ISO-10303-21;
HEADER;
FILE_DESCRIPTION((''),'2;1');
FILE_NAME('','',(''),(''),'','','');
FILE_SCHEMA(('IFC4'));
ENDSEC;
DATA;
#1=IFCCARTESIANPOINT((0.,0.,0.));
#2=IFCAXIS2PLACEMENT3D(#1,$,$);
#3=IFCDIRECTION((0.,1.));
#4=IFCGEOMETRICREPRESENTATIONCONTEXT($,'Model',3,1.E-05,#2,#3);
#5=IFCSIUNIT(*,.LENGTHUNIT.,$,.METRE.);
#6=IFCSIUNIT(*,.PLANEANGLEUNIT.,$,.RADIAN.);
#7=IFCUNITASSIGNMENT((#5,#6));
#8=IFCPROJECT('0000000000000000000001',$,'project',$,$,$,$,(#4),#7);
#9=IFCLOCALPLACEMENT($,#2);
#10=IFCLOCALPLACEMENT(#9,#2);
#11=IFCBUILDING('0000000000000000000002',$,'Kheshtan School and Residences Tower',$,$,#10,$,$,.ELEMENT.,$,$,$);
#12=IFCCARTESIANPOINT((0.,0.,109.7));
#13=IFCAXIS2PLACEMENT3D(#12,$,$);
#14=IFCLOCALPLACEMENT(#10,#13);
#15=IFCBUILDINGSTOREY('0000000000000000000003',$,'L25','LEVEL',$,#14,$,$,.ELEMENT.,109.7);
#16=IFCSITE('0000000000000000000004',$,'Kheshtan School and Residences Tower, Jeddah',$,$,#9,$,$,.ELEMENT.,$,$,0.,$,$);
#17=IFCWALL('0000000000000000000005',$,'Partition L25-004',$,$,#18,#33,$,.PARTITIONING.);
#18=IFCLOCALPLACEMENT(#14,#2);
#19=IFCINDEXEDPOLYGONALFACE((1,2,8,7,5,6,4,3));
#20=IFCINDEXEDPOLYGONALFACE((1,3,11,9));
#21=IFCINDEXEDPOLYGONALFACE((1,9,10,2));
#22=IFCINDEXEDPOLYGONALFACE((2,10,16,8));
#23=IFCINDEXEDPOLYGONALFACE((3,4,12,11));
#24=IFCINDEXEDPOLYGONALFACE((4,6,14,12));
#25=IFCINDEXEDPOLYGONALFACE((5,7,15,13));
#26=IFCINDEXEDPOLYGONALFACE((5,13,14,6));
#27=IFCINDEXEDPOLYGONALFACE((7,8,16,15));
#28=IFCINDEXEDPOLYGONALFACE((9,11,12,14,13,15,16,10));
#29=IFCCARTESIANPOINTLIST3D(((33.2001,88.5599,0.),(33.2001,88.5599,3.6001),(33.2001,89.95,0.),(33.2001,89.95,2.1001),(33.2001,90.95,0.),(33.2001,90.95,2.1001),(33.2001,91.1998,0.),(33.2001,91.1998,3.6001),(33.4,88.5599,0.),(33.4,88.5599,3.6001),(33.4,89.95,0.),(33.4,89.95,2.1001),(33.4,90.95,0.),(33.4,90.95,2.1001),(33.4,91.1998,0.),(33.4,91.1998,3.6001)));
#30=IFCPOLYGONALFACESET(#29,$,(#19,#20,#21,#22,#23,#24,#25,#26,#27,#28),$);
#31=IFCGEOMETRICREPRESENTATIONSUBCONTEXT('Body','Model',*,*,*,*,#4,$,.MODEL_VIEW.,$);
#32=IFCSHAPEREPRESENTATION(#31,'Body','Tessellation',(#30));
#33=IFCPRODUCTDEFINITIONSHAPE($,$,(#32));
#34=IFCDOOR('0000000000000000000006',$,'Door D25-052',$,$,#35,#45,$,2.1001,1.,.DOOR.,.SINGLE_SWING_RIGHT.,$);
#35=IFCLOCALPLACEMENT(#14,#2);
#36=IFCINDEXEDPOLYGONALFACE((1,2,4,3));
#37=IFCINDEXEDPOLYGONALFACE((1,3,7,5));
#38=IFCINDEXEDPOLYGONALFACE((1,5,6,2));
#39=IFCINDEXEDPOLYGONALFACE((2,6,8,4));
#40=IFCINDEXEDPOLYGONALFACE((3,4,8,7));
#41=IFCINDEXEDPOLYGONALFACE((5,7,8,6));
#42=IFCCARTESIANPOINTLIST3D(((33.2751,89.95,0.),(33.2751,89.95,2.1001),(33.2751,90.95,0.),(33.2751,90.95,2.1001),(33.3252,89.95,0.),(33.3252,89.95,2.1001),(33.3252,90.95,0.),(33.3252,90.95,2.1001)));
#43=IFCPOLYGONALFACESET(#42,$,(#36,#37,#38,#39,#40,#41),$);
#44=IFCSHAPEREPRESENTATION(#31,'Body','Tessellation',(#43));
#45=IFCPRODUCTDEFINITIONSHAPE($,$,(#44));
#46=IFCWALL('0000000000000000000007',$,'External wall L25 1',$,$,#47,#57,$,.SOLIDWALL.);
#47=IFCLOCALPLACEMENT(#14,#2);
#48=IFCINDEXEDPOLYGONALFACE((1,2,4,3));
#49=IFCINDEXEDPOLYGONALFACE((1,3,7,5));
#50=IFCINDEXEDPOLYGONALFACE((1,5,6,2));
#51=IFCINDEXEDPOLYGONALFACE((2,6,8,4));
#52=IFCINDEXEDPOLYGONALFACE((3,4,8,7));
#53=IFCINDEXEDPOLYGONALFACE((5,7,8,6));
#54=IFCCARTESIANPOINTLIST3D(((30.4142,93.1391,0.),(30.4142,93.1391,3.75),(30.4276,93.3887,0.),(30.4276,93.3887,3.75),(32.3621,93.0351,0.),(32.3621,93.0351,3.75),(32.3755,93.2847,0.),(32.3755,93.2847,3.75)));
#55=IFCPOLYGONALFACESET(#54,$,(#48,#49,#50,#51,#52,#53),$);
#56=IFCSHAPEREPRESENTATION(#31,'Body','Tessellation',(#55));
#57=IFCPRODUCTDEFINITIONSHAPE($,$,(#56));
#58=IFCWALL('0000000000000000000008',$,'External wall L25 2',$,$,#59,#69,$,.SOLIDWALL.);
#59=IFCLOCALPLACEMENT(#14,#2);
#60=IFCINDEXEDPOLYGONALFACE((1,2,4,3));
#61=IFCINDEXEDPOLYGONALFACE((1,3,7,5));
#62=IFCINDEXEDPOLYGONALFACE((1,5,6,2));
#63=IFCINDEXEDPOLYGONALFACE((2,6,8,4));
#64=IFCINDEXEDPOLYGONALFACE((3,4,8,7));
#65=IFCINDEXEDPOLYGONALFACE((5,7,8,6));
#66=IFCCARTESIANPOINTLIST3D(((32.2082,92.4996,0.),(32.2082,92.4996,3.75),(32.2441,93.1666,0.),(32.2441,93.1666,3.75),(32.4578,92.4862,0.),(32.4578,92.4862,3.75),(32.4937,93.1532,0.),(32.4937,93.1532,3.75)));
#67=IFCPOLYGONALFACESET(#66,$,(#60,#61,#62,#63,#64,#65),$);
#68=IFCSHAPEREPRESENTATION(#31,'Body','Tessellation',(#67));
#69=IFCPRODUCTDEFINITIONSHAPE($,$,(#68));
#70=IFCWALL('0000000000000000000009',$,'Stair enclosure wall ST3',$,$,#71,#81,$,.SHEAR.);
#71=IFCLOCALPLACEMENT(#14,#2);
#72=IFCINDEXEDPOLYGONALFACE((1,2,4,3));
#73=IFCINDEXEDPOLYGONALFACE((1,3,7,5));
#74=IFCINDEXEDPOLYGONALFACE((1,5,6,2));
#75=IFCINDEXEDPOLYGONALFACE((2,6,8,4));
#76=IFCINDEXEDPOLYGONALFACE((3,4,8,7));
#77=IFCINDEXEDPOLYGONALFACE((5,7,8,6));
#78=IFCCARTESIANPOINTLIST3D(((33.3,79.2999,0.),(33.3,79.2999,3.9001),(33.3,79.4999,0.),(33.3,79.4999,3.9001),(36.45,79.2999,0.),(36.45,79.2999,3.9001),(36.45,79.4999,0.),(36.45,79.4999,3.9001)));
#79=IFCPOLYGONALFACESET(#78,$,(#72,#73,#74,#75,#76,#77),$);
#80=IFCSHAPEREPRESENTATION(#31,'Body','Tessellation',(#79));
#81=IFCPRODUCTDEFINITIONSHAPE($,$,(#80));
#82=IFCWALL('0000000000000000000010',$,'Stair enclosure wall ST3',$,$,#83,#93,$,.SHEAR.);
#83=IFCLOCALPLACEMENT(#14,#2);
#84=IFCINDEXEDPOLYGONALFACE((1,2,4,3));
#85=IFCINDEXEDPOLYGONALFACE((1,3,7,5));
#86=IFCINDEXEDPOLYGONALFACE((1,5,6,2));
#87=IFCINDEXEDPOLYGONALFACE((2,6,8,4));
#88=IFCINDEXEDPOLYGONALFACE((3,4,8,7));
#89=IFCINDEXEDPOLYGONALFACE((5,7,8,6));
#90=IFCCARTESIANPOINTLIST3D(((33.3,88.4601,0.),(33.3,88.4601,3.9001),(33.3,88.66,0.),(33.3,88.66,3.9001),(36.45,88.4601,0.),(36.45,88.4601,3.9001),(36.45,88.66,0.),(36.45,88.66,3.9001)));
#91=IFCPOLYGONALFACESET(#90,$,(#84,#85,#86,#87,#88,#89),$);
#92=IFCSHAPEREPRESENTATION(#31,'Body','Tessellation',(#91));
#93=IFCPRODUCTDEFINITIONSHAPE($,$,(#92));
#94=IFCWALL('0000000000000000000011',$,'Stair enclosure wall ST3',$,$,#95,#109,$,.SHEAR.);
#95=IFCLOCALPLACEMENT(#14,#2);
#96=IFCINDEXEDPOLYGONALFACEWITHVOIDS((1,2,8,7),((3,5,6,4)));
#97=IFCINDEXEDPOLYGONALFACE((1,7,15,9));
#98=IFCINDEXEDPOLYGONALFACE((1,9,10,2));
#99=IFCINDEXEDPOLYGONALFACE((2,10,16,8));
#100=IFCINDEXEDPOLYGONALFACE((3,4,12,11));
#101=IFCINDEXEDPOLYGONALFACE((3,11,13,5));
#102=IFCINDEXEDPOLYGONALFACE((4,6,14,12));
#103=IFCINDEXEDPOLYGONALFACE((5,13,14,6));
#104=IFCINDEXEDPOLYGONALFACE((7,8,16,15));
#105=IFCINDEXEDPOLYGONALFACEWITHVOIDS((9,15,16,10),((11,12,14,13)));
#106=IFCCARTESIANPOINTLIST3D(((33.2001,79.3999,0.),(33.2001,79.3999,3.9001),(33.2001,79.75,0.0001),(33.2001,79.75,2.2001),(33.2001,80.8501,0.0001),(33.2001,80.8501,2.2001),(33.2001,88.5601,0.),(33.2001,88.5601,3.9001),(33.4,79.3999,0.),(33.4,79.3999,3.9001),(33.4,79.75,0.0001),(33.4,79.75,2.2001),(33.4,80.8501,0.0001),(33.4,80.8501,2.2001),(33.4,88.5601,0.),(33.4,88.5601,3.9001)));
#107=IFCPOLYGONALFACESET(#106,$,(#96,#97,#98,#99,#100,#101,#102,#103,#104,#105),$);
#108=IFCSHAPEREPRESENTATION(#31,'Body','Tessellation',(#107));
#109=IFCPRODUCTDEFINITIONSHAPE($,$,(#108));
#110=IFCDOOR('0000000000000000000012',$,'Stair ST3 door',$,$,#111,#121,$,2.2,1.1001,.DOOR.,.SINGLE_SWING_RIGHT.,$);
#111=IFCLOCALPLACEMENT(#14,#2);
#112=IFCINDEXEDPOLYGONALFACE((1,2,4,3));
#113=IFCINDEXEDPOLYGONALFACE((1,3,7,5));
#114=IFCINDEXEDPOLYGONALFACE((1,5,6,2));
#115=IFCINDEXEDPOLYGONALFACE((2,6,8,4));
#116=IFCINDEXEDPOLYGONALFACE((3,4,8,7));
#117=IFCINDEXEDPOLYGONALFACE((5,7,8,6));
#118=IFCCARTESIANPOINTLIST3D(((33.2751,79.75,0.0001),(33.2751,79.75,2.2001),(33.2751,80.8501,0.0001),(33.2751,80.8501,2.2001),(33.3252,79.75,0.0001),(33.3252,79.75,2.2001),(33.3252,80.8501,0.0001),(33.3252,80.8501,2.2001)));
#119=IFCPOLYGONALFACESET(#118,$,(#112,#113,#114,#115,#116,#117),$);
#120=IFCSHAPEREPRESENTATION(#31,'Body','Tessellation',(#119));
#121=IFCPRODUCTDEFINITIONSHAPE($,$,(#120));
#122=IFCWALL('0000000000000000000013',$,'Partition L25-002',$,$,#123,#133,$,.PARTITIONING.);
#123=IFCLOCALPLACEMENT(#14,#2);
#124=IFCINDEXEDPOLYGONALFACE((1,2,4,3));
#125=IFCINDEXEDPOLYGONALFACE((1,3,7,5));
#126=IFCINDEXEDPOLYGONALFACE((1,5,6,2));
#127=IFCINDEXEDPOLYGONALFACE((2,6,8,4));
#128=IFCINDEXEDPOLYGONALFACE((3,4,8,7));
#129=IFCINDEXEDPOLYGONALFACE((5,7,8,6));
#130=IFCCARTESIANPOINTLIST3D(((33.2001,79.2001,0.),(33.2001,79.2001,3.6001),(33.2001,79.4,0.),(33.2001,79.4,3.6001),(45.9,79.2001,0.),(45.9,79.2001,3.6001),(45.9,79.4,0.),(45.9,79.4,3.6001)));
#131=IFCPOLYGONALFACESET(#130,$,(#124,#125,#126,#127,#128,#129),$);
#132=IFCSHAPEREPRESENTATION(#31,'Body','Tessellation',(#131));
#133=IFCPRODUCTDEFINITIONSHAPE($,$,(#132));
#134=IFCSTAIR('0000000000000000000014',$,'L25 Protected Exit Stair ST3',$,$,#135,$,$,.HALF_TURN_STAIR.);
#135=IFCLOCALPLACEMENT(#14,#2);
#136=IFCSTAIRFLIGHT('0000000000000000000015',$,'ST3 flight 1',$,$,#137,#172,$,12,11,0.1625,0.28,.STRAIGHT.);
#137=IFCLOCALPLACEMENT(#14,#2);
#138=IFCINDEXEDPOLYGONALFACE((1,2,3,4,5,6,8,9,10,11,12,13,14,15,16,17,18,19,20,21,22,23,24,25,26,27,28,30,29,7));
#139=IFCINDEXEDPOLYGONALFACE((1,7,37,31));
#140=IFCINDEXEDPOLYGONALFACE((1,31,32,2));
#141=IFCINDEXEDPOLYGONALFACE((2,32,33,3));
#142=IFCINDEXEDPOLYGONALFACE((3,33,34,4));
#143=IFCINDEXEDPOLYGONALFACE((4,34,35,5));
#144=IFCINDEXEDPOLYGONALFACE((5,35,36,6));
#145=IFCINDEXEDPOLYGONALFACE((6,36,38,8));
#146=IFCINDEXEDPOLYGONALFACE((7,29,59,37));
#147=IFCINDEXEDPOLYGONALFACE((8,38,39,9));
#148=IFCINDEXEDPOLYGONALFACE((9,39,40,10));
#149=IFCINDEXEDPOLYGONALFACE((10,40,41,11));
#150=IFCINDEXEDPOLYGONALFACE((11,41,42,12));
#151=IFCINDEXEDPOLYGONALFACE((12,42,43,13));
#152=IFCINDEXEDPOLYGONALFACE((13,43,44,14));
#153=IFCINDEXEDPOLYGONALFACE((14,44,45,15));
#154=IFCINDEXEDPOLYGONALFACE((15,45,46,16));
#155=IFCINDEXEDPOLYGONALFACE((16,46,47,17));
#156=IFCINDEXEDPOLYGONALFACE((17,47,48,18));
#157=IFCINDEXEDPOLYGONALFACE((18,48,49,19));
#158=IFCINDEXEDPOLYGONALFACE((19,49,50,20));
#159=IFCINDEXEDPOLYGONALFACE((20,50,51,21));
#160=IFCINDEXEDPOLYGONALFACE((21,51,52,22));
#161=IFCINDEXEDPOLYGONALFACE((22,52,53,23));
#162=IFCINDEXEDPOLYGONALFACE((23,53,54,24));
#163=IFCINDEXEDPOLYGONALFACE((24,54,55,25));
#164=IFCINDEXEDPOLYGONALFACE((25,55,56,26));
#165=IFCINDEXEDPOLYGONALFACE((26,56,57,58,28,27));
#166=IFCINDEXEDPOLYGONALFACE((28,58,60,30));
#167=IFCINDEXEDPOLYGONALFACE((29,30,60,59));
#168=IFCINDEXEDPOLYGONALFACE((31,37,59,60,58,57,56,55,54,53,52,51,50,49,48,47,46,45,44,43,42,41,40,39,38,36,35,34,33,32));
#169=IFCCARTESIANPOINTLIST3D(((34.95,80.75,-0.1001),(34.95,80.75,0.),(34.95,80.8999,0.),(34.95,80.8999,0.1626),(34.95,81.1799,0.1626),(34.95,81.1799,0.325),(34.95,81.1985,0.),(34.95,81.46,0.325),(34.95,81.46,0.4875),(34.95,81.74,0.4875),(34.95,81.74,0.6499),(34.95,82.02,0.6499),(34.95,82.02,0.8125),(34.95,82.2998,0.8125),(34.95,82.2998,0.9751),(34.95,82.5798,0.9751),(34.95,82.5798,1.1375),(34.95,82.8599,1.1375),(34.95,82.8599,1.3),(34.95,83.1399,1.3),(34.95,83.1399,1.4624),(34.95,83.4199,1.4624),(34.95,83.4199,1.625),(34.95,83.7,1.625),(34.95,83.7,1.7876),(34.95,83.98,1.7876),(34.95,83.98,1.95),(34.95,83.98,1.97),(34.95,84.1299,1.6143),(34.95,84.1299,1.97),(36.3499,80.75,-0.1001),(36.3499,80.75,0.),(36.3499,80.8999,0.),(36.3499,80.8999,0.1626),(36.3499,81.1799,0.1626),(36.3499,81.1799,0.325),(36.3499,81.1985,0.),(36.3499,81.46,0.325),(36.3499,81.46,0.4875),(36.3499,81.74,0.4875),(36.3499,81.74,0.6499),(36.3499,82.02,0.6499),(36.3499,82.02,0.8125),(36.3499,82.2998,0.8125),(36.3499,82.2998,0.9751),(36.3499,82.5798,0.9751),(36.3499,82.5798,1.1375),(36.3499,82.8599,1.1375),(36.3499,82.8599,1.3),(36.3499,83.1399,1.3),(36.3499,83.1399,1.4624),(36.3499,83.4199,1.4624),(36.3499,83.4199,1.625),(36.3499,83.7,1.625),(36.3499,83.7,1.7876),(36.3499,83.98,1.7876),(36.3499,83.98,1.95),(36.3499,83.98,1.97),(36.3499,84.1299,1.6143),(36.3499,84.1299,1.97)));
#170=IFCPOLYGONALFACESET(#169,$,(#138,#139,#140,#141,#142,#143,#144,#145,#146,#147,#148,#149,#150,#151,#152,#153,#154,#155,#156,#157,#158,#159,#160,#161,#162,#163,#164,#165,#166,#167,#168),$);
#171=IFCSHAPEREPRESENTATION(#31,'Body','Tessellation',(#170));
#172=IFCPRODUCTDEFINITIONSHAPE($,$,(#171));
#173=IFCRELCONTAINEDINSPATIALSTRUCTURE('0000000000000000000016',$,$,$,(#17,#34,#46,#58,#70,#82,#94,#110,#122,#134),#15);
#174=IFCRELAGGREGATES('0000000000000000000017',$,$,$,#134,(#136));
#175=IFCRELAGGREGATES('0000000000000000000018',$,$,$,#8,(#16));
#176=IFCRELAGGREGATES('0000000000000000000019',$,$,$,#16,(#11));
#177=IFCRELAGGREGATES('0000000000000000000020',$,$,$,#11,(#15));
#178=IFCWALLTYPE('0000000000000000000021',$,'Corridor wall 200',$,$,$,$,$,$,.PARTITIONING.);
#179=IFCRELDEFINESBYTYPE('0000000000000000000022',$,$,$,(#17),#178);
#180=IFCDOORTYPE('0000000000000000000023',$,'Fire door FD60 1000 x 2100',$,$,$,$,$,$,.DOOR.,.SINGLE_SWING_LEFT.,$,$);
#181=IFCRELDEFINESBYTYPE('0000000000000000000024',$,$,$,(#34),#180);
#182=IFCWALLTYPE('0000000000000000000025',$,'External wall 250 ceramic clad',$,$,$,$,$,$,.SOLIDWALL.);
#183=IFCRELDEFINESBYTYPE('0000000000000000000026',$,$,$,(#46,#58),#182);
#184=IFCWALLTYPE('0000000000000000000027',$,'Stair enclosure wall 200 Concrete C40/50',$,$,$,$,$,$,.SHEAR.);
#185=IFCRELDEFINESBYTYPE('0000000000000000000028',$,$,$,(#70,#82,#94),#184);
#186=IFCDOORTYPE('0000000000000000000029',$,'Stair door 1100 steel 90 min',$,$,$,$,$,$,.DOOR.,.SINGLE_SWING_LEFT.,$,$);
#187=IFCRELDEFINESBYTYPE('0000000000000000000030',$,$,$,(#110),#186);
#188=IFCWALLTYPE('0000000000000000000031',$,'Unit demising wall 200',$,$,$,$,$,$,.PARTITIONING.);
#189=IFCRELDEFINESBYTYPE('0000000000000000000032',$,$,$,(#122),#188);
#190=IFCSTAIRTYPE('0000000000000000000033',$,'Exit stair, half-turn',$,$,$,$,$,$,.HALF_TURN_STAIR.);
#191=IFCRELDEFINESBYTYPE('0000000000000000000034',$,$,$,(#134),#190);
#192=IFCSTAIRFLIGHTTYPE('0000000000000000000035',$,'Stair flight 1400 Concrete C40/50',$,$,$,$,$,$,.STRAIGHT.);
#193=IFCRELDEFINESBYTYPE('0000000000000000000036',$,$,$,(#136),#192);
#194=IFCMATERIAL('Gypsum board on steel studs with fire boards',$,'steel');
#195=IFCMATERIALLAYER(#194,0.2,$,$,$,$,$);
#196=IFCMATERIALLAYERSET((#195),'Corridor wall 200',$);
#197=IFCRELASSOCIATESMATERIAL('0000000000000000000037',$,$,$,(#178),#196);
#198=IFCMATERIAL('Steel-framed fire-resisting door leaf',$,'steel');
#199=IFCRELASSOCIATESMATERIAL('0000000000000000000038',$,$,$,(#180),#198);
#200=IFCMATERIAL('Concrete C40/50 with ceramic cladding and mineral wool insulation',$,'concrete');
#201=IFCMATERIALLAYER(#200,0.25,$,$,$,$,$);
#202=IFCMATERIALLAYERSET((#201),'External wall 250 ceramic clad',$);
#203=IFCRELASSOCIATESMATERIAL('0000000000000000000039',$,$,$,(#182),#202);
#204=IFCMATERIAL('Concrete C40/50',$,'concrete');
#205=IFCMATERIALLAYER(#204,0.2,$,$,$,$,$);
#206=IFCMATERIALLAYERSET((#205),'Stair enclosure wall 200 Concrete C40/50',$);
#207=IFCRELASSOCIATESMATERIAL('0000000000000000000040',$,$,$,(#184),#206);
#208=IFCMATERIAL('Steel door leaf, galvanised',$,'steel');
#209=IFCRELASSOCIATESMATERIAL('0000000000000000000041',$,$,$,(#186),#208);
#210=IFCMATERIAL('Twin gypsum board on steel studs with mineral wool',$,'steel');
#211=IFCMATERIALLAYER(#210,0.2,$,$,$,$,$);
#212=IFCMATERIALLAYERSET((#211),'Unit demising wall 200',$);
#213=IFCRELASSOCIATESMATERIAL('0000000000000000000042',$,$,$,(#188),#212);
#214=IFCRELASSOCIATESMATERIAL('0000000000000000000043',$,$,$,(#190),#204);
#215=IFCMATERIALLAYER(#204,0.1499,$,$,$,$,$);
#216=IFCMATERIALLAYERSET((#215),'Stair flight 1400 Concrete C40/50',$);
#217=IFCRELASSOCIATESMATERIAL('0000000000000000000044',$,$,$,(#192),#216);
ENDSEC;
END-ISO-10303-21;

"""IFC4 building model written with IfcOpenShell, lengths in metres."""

from ifc_helpers import new_model, si_unit, direction, frame, frame_2d, origin, place, context, subcontext, project, spatial, polyline, rectangle, outline, extrude, source, transform, mapped, material, layer, layer_set, type_object, element, fill, aggregate, save


model = new_model("IFC4")

# Units and contexts
model_context = context("Model", 3, precision=1e-05, world=origin(), true_north=direction((0.0, 1.0)))
body_context = subcontext(model_context, "Body", "Model", "MODEL_VIEW")
ifc_project = project(units=[si_unit("LENGTHUNIT", "METRE"), si_unit("PLANEANGLEUNIT", "RADIAN")], contexts=[model_context])

# Site, building, storey
site_placement = place(None, origin())
site = spatial("IfcSite", under=ifc_project, at=site_placement, Name="Kheshtan School and Residences Tower, Jeddah", CompositionType="ELEMENT", RefElevation=0.0)
building_placement = place(site_placement, origin())
building = spatial("IfcBuilding", under=site, at=building_placement, Name="Kheshtan School and Residences Tower", CompositionType="ELEMENT")
storey_placement = place(building_placement, frame((0.0, 0.0, 109.7)))
storey = spatial("IfcBuildingStorey", under=building, at=storey_placement, Name="L25", Description="LEVEL", CompositionType="ELEMENT", Elevation=109.7)

# Shared definitions
ifc_material_1 = material(Name="Gypsum board on steel studs with fire boards", Category="steel")
ifc_layer_1 = layer(ifc_material_1, 0.2)
ifc_layer_set_1 = layer_set([ifc_layer_1], Name="Corridor wall 200")
wall_type_1 = type_object("IfcWallType", Name="Corridor wall 200", PredefinedType="PARTITIONING", material=ifc_layer_set_1)

# Wall, opening, door
wall_1_placement = place(storey_placement, frame((33.3, 88.5601, 0.0), z_axis=(0.0, 0.0, 1.0), x_axis=(0.0, 1.0, 0.0)))
wall_1 = element("IfcWall", 1, at=wall_1_placement, inside=storey, type_object=wall_type_1, Name="Partition L25-004", PredefinedType="PARTITIONING", context=body_context, shape_type="SweptSolid", body=[
    extrude(rectangle(XDim=2.6399, YDim=0.2, at=frame_2d((1.3198, 0.0))), origin(), (0.0, 0.0, 1.0), 3.6001),
])
opening_1_placement = place(wall_1_placement, frame((1.3899, 0.0, 0.0)))
opening_1 = element("IfcOpeningElement", 2, at=opening_1_placement, cuts=wall_1, PredefinedType="OPENING", context=body_context, shape_type="SweptSolid", body=[
    extrude(rectangle(XDim=1.0, YDim=2.1001, at=frame_2d((0.5, 1.05))), frame((0.0, 0.1099, 0.0), z_axis=(0.0, -1.0, 0.0), x_axis=(1.0, 0.0, 0.0)), (0.0, 0.0, 1.0), 0.22),
])
ifc_material_2 = material(Name="Steel-framed fire-resisting door leaf", Category="steel")
door_type_1 = type_object("IfcDoorType", Name="Fire door FD60 1000 x 2100", OperationType="SINGLE_SWING_LEFT", PredefinedType="DOOR", material=ifc_material_2)
shared_shape_1 = source(origin(), body_context, "Body", "SweptSolid", [
    extrude(rectangle(XDim=1.0, YDim=2.1001, at=frame_2d((0.5, 1.05))), frame((0.0, 0.0249, 0.0), z_axis=(0.0, -1.0, 0.0), x_axis=(1.0, 0.0, 0.0)), (0.0, 0.0, 1.0), 0.05),
])
door_1_placement = place(opening_1_placement, origin())
door_1 = element("IfcDoor", 3, at=door_1_placement, inside=storey, type_object=door_type_1, Name="Door D25-052", OperationType="SINGLE_SWING_RIGHT", OverallHeight=2.1001, OverallWidth=1.0, PredefinedType="DOOR", context=body_context, shape_type="MappedRepresentation", body=[
    mapped(shared_shape_1, transform((0.0, 0.0, 0.0), x_axis=(1.0, 0.0, 0.0), y_axis=(0.0, 1.0, 0.0), z_axis=(0.0, 0.0, 1.0), scale=1.0)),
])
fill(opening_1, door_1)

# Walls
ifc_material_3 = material(Name="Concrete C40/50 with ceramic cladding and mineral wool insulation", Category="concrete")
ifc_layer_2 = layer(ifc_material_3, 0.25)
ifc_layer_set_2 = layer_set([ifc_layer_2], Name="External wall 250 ceramic clad")
wall_type_2 = type_object("IfcWallType", Name="External wall 250 ceramic clad", PredefinedType="SOLIDWALL", material=ifc_layer_set_2)
wall_2_placement = place(storey_placement, frame((30.4209, 93.2639, 0.0), z_axis=(0.0, 0.0, 1.0), x_axis=(0.998578, -0.053314, 0.0)))
element("IfcWall", 4, at=wall_2_placement, inside=storey, type_object=wall_type_2, Name="External wall L25 1", PredefinedType="SOLIDWALL", context=body_context, shape_type="SweptSolid", body=[
    extrude(rectangle(XDim=1.9507, YDim=0.25, at=frame_2d((0.9753, 0.0))), origin(), (0.0, 0.0, 1.0), 3.75),
])
wall_3_placement = place(storey_placement, frame((32.3689, 93.1599, 0.0), z_axis=(0.0, 0.0, 1.0), x_axis=(-0.053729, -0.998556, 0.0)))
element("IfcWall", 5, at=wall_3_placement, inside=storey, type_object=wall_type_2, Name="External wall L25 2", PredefinedType="SOLIDWALL", context=body_context, shape_type="SweptSolid", body=[
    extrude(rectangle(XDim=0.668, YDim=0.25, at=frame_2d((0.334, 0.0))), origin(), (0.0, 0.0, 1.0), 3.75),
])
ifc_material_4 = material(Name="Concrete C40/50", Category="concrete")
ifc_layer_3 = layer(ifc_material_4, 0.2)
ifc_layer_set_3 = layer_set([ifc_layer_3], Name="Stair enclosure wall 200 Concrete C40/50")
wall_type_3 = type_object("IfcWallType", Name="Stair enclosure wall 200 Concrete C40/50", PredefinedType="SHEAR", material=ifc_layer_set_3)
for number, where, z_axis, x_axis, name in (
    (6, (33.3, 79.3999, 0.0), (0.0, 0.0, 1.0), (1.0, 0.0, 0.0), "Stair enclosure wall ST3"),
    (7, (33.3, 88.5601, 0.0), (0.0, 0.0, 1.0), (1.0, 0.0, 0.0), "Stair enclosure wall ST3"),
):
    element("IfcWall", number, at=place(storey_placement, frame(where, z_axis=z_axis, x_axis=x_axis)), inside=storey, type_object=wall_type_3, Name=name, PredefinedType="SHEAR", context=body_context, shape_type="SweptSolid", body=[
        extrude(rectangle(XDim=3.1499, YDim=0.2, at=frame_2d((1.575, 0.0))), origin(), (0.0, 0.0, 1.0), 3.9001),
    ])

# Wall, opening, door
wall_4_placement = place(storey_placement, frame((33.3, 79.3999, 0.0), z_axis=(0.0, 0.0, 1.0), x_axis=(0.0, 1.0, 0.0)))
wall_4 = element("IfcWall", 8, at=wall_4_placement, inside=storey, type_object=wall_type_3, Name="Stair enclosure wall ST3", PredefinedType="SHEAR", context=body_context, shape_type="SweptSolid", body=[
    extrude(rectangle(XDim=9.1602, YDim=0.2, at=frame_2d((4.5801, 0.0))), origin(), (0.0, 0.0, 1.0), 3.9001),
])
opening_2_placement = place(wall_4_placement, frame((0.3501, 0.0, 0.0)))
opening_2 = element("IfcOpeningElement", 9, at=opening_2_placement, cuts=wall_4, PredefinedType="OPENING", context=body_context, shape_type="SweptSolid", body=[
    extrude(rectangle(XDim=1.1001, YDim=2.2, at=frame_2d((0.55, 1.1001))), frame((0.0, 0.1099, 0.0), z_axis=(0.0, -1.0, 0.0), x_axis=(1.0, 0.0, 0.0)), (0.0, 0.0, 1.0), 0.22),
])
ifc_material_5 = material(Name="Steel door leaf, galvanised", Category="steel")
door_type_2 = type_object("IfcDoorType", Name="Stair door 1100 steel 90 min", OperationType="SINGLE_SWING_LEFT", PredefinedType="DOOR", material=ifc_material_5)
shared_shape_2 = source(origin(), body_context, "Body", "SweptSolid", [
    extrude(rectangle(XDim=1.1001, YDim=2.2, at=frame_2d((0.55, 1.1001))), frame((0.0, 0.0249, 0.0), z_axis=(0.0, -1.0, 0.0), x_axis=(1.0, 0.0, 0.0)), (0.0, 0.0, 1.0), 0.05),
])
door_2_placement = place(opening_2_placement, origin())
door_2 = element("IfcDoor", 10, at=door_2_placement, inside=storey, type_object=door_type_2, Name="Stair ST3 door", OperationType="SINGLE_SWING_RIGHT", OverallHeight=2.2, OverallWidth=1.1001, PredefinedType="DOOR", context=body_context, shape_type="MappedRepresentation", body=[
    mapped(shared_shape_2, transform((0.0, 0.0, 0.0), x_axis=(1.0, 0.0, 0.0), y_axis=(0.0, 1.0, 0.0), z_axis=(0.0, 0.0, 1.0), scale=1.0)),
])
fill(opening_2, door_2)

# Wall
ifc_material_6 = material(Name="Twin gypsum board on steel studs with mineral wool", Category="steel")
ifc_layer_4 = layer(ifc_material_6, 0.2)
ifc_layer_set_4 = layer_set([ifc_layer_4], Name="Unit demising wall 200")
wall_type_4 = type_object("IfcWallType", Name="Unit demising wall 200", PredefinedType="PARTITIONING", material=ifc_layer_set_4)
wall_5_placement = place(storey_placement, frame((33.2, 79.3, 0.0), z_axis=(0.0, 0.0, 1.0), x_axis=(1.0, 0.0, 0.0)))
element("IfcWall", 11, at=wall_5_placement, inside=storey, type_object=wall_type_4, Name="Partition L25-002", PredefinedType="PARTITIONING", context=body_context, shape_type="SweptSolid", body=[
    extrude(rectangle(XDim=12.7, YDim=0.2, at=frame_2d((6.3501, 0.0))), origin(), (0.0, 0.0, 1.0), 3.6001),
])

# Stair, stair flight
stair_type = type_object("IfcStairType", Name="Exit stair, half-turn", PredefinedType="HALF_TURN_STAIR", material=ifc_material_4)
stair_placement = place(storey_placement, origin())
stair = element("IfcStair", 12, at=stair_placement, inside=storey, type_object=stair_type, Name="L25 Protected Exit Stair ST3", PredefinedType="HALF_TURN_STAIR")
ifc_layer_5 = layer(ifc_material_4, 0.1499)
ifc_layer_set_5 = layer_set([ifc_layer_5], Name="Stair flight 1400 Concrete C40/50")
stair_flight_type = type_object("IfcStairFlightType", Name="Stair flight 1400 Concrete C40/50", PredefinedType="STRAIGHT", material=ifc_layer_set_5)
stair_flight_1_placement = place(storey_placement, frame((35.6499, 80.8999, 0.0), z_axis=(0.0, 0.0, 1.0), x_axis=(0.0, 1.0, 0.0)))
stair_flight_1 = element("IfcStairFlight", 13, at=stair_flight_1_placement, type_object=stair_flight_type, Name="ST3 flight 1", NumberOfRisers=12, NumberOfTreads=11, PredefinedType="STRAIGHT", RiserHeight=0.1625, TreadLength=0.28, context=body_context, shape_type="SweptSolid", body=[
    extrude(outline(polyline([(-0.1499, -0.1001), (-0.1499, 0.0), (0.0, 0.0), (0.0, 0.1626), (0.28, 0.1626), (0.28, 0.325), (0.5601, 0.325), (0.5601, 0.4875), (0.8401, 0.4875), (0.8401, 0.6499), (1.1201, 0.6499), (1.1201, 0.8125), (1.3999, 0.8125), (1.3999, 0.9751), (1.6799, 0.9751), (1.6799, 1.1375), (1.96, 1.1375), (1.96, 1.3), (2.24, 1.3), (2.24, 1.4624), (2.52, 1.4624), (2.52, 1.625), (2.8, 1.625), (2.8, 1.7876), (3.0801, 1.7876), (3.0801, 1.95), (3.0801, 1.97), (3.23, 1.97), (3.23, 1.6143), (0.2986, 0.0), (-0.1499, -0.1001)])), frame((0.0, 0.7, 0.0), z_axis=(0.0, -1.0, 0.0), x_axis=(1.0, 0.0, 0.0)), (0.0, 0.0, 1.0), 1.3999),
])
aggregate(stair, [stair_flight_1])

save(model, "model.ifc")
